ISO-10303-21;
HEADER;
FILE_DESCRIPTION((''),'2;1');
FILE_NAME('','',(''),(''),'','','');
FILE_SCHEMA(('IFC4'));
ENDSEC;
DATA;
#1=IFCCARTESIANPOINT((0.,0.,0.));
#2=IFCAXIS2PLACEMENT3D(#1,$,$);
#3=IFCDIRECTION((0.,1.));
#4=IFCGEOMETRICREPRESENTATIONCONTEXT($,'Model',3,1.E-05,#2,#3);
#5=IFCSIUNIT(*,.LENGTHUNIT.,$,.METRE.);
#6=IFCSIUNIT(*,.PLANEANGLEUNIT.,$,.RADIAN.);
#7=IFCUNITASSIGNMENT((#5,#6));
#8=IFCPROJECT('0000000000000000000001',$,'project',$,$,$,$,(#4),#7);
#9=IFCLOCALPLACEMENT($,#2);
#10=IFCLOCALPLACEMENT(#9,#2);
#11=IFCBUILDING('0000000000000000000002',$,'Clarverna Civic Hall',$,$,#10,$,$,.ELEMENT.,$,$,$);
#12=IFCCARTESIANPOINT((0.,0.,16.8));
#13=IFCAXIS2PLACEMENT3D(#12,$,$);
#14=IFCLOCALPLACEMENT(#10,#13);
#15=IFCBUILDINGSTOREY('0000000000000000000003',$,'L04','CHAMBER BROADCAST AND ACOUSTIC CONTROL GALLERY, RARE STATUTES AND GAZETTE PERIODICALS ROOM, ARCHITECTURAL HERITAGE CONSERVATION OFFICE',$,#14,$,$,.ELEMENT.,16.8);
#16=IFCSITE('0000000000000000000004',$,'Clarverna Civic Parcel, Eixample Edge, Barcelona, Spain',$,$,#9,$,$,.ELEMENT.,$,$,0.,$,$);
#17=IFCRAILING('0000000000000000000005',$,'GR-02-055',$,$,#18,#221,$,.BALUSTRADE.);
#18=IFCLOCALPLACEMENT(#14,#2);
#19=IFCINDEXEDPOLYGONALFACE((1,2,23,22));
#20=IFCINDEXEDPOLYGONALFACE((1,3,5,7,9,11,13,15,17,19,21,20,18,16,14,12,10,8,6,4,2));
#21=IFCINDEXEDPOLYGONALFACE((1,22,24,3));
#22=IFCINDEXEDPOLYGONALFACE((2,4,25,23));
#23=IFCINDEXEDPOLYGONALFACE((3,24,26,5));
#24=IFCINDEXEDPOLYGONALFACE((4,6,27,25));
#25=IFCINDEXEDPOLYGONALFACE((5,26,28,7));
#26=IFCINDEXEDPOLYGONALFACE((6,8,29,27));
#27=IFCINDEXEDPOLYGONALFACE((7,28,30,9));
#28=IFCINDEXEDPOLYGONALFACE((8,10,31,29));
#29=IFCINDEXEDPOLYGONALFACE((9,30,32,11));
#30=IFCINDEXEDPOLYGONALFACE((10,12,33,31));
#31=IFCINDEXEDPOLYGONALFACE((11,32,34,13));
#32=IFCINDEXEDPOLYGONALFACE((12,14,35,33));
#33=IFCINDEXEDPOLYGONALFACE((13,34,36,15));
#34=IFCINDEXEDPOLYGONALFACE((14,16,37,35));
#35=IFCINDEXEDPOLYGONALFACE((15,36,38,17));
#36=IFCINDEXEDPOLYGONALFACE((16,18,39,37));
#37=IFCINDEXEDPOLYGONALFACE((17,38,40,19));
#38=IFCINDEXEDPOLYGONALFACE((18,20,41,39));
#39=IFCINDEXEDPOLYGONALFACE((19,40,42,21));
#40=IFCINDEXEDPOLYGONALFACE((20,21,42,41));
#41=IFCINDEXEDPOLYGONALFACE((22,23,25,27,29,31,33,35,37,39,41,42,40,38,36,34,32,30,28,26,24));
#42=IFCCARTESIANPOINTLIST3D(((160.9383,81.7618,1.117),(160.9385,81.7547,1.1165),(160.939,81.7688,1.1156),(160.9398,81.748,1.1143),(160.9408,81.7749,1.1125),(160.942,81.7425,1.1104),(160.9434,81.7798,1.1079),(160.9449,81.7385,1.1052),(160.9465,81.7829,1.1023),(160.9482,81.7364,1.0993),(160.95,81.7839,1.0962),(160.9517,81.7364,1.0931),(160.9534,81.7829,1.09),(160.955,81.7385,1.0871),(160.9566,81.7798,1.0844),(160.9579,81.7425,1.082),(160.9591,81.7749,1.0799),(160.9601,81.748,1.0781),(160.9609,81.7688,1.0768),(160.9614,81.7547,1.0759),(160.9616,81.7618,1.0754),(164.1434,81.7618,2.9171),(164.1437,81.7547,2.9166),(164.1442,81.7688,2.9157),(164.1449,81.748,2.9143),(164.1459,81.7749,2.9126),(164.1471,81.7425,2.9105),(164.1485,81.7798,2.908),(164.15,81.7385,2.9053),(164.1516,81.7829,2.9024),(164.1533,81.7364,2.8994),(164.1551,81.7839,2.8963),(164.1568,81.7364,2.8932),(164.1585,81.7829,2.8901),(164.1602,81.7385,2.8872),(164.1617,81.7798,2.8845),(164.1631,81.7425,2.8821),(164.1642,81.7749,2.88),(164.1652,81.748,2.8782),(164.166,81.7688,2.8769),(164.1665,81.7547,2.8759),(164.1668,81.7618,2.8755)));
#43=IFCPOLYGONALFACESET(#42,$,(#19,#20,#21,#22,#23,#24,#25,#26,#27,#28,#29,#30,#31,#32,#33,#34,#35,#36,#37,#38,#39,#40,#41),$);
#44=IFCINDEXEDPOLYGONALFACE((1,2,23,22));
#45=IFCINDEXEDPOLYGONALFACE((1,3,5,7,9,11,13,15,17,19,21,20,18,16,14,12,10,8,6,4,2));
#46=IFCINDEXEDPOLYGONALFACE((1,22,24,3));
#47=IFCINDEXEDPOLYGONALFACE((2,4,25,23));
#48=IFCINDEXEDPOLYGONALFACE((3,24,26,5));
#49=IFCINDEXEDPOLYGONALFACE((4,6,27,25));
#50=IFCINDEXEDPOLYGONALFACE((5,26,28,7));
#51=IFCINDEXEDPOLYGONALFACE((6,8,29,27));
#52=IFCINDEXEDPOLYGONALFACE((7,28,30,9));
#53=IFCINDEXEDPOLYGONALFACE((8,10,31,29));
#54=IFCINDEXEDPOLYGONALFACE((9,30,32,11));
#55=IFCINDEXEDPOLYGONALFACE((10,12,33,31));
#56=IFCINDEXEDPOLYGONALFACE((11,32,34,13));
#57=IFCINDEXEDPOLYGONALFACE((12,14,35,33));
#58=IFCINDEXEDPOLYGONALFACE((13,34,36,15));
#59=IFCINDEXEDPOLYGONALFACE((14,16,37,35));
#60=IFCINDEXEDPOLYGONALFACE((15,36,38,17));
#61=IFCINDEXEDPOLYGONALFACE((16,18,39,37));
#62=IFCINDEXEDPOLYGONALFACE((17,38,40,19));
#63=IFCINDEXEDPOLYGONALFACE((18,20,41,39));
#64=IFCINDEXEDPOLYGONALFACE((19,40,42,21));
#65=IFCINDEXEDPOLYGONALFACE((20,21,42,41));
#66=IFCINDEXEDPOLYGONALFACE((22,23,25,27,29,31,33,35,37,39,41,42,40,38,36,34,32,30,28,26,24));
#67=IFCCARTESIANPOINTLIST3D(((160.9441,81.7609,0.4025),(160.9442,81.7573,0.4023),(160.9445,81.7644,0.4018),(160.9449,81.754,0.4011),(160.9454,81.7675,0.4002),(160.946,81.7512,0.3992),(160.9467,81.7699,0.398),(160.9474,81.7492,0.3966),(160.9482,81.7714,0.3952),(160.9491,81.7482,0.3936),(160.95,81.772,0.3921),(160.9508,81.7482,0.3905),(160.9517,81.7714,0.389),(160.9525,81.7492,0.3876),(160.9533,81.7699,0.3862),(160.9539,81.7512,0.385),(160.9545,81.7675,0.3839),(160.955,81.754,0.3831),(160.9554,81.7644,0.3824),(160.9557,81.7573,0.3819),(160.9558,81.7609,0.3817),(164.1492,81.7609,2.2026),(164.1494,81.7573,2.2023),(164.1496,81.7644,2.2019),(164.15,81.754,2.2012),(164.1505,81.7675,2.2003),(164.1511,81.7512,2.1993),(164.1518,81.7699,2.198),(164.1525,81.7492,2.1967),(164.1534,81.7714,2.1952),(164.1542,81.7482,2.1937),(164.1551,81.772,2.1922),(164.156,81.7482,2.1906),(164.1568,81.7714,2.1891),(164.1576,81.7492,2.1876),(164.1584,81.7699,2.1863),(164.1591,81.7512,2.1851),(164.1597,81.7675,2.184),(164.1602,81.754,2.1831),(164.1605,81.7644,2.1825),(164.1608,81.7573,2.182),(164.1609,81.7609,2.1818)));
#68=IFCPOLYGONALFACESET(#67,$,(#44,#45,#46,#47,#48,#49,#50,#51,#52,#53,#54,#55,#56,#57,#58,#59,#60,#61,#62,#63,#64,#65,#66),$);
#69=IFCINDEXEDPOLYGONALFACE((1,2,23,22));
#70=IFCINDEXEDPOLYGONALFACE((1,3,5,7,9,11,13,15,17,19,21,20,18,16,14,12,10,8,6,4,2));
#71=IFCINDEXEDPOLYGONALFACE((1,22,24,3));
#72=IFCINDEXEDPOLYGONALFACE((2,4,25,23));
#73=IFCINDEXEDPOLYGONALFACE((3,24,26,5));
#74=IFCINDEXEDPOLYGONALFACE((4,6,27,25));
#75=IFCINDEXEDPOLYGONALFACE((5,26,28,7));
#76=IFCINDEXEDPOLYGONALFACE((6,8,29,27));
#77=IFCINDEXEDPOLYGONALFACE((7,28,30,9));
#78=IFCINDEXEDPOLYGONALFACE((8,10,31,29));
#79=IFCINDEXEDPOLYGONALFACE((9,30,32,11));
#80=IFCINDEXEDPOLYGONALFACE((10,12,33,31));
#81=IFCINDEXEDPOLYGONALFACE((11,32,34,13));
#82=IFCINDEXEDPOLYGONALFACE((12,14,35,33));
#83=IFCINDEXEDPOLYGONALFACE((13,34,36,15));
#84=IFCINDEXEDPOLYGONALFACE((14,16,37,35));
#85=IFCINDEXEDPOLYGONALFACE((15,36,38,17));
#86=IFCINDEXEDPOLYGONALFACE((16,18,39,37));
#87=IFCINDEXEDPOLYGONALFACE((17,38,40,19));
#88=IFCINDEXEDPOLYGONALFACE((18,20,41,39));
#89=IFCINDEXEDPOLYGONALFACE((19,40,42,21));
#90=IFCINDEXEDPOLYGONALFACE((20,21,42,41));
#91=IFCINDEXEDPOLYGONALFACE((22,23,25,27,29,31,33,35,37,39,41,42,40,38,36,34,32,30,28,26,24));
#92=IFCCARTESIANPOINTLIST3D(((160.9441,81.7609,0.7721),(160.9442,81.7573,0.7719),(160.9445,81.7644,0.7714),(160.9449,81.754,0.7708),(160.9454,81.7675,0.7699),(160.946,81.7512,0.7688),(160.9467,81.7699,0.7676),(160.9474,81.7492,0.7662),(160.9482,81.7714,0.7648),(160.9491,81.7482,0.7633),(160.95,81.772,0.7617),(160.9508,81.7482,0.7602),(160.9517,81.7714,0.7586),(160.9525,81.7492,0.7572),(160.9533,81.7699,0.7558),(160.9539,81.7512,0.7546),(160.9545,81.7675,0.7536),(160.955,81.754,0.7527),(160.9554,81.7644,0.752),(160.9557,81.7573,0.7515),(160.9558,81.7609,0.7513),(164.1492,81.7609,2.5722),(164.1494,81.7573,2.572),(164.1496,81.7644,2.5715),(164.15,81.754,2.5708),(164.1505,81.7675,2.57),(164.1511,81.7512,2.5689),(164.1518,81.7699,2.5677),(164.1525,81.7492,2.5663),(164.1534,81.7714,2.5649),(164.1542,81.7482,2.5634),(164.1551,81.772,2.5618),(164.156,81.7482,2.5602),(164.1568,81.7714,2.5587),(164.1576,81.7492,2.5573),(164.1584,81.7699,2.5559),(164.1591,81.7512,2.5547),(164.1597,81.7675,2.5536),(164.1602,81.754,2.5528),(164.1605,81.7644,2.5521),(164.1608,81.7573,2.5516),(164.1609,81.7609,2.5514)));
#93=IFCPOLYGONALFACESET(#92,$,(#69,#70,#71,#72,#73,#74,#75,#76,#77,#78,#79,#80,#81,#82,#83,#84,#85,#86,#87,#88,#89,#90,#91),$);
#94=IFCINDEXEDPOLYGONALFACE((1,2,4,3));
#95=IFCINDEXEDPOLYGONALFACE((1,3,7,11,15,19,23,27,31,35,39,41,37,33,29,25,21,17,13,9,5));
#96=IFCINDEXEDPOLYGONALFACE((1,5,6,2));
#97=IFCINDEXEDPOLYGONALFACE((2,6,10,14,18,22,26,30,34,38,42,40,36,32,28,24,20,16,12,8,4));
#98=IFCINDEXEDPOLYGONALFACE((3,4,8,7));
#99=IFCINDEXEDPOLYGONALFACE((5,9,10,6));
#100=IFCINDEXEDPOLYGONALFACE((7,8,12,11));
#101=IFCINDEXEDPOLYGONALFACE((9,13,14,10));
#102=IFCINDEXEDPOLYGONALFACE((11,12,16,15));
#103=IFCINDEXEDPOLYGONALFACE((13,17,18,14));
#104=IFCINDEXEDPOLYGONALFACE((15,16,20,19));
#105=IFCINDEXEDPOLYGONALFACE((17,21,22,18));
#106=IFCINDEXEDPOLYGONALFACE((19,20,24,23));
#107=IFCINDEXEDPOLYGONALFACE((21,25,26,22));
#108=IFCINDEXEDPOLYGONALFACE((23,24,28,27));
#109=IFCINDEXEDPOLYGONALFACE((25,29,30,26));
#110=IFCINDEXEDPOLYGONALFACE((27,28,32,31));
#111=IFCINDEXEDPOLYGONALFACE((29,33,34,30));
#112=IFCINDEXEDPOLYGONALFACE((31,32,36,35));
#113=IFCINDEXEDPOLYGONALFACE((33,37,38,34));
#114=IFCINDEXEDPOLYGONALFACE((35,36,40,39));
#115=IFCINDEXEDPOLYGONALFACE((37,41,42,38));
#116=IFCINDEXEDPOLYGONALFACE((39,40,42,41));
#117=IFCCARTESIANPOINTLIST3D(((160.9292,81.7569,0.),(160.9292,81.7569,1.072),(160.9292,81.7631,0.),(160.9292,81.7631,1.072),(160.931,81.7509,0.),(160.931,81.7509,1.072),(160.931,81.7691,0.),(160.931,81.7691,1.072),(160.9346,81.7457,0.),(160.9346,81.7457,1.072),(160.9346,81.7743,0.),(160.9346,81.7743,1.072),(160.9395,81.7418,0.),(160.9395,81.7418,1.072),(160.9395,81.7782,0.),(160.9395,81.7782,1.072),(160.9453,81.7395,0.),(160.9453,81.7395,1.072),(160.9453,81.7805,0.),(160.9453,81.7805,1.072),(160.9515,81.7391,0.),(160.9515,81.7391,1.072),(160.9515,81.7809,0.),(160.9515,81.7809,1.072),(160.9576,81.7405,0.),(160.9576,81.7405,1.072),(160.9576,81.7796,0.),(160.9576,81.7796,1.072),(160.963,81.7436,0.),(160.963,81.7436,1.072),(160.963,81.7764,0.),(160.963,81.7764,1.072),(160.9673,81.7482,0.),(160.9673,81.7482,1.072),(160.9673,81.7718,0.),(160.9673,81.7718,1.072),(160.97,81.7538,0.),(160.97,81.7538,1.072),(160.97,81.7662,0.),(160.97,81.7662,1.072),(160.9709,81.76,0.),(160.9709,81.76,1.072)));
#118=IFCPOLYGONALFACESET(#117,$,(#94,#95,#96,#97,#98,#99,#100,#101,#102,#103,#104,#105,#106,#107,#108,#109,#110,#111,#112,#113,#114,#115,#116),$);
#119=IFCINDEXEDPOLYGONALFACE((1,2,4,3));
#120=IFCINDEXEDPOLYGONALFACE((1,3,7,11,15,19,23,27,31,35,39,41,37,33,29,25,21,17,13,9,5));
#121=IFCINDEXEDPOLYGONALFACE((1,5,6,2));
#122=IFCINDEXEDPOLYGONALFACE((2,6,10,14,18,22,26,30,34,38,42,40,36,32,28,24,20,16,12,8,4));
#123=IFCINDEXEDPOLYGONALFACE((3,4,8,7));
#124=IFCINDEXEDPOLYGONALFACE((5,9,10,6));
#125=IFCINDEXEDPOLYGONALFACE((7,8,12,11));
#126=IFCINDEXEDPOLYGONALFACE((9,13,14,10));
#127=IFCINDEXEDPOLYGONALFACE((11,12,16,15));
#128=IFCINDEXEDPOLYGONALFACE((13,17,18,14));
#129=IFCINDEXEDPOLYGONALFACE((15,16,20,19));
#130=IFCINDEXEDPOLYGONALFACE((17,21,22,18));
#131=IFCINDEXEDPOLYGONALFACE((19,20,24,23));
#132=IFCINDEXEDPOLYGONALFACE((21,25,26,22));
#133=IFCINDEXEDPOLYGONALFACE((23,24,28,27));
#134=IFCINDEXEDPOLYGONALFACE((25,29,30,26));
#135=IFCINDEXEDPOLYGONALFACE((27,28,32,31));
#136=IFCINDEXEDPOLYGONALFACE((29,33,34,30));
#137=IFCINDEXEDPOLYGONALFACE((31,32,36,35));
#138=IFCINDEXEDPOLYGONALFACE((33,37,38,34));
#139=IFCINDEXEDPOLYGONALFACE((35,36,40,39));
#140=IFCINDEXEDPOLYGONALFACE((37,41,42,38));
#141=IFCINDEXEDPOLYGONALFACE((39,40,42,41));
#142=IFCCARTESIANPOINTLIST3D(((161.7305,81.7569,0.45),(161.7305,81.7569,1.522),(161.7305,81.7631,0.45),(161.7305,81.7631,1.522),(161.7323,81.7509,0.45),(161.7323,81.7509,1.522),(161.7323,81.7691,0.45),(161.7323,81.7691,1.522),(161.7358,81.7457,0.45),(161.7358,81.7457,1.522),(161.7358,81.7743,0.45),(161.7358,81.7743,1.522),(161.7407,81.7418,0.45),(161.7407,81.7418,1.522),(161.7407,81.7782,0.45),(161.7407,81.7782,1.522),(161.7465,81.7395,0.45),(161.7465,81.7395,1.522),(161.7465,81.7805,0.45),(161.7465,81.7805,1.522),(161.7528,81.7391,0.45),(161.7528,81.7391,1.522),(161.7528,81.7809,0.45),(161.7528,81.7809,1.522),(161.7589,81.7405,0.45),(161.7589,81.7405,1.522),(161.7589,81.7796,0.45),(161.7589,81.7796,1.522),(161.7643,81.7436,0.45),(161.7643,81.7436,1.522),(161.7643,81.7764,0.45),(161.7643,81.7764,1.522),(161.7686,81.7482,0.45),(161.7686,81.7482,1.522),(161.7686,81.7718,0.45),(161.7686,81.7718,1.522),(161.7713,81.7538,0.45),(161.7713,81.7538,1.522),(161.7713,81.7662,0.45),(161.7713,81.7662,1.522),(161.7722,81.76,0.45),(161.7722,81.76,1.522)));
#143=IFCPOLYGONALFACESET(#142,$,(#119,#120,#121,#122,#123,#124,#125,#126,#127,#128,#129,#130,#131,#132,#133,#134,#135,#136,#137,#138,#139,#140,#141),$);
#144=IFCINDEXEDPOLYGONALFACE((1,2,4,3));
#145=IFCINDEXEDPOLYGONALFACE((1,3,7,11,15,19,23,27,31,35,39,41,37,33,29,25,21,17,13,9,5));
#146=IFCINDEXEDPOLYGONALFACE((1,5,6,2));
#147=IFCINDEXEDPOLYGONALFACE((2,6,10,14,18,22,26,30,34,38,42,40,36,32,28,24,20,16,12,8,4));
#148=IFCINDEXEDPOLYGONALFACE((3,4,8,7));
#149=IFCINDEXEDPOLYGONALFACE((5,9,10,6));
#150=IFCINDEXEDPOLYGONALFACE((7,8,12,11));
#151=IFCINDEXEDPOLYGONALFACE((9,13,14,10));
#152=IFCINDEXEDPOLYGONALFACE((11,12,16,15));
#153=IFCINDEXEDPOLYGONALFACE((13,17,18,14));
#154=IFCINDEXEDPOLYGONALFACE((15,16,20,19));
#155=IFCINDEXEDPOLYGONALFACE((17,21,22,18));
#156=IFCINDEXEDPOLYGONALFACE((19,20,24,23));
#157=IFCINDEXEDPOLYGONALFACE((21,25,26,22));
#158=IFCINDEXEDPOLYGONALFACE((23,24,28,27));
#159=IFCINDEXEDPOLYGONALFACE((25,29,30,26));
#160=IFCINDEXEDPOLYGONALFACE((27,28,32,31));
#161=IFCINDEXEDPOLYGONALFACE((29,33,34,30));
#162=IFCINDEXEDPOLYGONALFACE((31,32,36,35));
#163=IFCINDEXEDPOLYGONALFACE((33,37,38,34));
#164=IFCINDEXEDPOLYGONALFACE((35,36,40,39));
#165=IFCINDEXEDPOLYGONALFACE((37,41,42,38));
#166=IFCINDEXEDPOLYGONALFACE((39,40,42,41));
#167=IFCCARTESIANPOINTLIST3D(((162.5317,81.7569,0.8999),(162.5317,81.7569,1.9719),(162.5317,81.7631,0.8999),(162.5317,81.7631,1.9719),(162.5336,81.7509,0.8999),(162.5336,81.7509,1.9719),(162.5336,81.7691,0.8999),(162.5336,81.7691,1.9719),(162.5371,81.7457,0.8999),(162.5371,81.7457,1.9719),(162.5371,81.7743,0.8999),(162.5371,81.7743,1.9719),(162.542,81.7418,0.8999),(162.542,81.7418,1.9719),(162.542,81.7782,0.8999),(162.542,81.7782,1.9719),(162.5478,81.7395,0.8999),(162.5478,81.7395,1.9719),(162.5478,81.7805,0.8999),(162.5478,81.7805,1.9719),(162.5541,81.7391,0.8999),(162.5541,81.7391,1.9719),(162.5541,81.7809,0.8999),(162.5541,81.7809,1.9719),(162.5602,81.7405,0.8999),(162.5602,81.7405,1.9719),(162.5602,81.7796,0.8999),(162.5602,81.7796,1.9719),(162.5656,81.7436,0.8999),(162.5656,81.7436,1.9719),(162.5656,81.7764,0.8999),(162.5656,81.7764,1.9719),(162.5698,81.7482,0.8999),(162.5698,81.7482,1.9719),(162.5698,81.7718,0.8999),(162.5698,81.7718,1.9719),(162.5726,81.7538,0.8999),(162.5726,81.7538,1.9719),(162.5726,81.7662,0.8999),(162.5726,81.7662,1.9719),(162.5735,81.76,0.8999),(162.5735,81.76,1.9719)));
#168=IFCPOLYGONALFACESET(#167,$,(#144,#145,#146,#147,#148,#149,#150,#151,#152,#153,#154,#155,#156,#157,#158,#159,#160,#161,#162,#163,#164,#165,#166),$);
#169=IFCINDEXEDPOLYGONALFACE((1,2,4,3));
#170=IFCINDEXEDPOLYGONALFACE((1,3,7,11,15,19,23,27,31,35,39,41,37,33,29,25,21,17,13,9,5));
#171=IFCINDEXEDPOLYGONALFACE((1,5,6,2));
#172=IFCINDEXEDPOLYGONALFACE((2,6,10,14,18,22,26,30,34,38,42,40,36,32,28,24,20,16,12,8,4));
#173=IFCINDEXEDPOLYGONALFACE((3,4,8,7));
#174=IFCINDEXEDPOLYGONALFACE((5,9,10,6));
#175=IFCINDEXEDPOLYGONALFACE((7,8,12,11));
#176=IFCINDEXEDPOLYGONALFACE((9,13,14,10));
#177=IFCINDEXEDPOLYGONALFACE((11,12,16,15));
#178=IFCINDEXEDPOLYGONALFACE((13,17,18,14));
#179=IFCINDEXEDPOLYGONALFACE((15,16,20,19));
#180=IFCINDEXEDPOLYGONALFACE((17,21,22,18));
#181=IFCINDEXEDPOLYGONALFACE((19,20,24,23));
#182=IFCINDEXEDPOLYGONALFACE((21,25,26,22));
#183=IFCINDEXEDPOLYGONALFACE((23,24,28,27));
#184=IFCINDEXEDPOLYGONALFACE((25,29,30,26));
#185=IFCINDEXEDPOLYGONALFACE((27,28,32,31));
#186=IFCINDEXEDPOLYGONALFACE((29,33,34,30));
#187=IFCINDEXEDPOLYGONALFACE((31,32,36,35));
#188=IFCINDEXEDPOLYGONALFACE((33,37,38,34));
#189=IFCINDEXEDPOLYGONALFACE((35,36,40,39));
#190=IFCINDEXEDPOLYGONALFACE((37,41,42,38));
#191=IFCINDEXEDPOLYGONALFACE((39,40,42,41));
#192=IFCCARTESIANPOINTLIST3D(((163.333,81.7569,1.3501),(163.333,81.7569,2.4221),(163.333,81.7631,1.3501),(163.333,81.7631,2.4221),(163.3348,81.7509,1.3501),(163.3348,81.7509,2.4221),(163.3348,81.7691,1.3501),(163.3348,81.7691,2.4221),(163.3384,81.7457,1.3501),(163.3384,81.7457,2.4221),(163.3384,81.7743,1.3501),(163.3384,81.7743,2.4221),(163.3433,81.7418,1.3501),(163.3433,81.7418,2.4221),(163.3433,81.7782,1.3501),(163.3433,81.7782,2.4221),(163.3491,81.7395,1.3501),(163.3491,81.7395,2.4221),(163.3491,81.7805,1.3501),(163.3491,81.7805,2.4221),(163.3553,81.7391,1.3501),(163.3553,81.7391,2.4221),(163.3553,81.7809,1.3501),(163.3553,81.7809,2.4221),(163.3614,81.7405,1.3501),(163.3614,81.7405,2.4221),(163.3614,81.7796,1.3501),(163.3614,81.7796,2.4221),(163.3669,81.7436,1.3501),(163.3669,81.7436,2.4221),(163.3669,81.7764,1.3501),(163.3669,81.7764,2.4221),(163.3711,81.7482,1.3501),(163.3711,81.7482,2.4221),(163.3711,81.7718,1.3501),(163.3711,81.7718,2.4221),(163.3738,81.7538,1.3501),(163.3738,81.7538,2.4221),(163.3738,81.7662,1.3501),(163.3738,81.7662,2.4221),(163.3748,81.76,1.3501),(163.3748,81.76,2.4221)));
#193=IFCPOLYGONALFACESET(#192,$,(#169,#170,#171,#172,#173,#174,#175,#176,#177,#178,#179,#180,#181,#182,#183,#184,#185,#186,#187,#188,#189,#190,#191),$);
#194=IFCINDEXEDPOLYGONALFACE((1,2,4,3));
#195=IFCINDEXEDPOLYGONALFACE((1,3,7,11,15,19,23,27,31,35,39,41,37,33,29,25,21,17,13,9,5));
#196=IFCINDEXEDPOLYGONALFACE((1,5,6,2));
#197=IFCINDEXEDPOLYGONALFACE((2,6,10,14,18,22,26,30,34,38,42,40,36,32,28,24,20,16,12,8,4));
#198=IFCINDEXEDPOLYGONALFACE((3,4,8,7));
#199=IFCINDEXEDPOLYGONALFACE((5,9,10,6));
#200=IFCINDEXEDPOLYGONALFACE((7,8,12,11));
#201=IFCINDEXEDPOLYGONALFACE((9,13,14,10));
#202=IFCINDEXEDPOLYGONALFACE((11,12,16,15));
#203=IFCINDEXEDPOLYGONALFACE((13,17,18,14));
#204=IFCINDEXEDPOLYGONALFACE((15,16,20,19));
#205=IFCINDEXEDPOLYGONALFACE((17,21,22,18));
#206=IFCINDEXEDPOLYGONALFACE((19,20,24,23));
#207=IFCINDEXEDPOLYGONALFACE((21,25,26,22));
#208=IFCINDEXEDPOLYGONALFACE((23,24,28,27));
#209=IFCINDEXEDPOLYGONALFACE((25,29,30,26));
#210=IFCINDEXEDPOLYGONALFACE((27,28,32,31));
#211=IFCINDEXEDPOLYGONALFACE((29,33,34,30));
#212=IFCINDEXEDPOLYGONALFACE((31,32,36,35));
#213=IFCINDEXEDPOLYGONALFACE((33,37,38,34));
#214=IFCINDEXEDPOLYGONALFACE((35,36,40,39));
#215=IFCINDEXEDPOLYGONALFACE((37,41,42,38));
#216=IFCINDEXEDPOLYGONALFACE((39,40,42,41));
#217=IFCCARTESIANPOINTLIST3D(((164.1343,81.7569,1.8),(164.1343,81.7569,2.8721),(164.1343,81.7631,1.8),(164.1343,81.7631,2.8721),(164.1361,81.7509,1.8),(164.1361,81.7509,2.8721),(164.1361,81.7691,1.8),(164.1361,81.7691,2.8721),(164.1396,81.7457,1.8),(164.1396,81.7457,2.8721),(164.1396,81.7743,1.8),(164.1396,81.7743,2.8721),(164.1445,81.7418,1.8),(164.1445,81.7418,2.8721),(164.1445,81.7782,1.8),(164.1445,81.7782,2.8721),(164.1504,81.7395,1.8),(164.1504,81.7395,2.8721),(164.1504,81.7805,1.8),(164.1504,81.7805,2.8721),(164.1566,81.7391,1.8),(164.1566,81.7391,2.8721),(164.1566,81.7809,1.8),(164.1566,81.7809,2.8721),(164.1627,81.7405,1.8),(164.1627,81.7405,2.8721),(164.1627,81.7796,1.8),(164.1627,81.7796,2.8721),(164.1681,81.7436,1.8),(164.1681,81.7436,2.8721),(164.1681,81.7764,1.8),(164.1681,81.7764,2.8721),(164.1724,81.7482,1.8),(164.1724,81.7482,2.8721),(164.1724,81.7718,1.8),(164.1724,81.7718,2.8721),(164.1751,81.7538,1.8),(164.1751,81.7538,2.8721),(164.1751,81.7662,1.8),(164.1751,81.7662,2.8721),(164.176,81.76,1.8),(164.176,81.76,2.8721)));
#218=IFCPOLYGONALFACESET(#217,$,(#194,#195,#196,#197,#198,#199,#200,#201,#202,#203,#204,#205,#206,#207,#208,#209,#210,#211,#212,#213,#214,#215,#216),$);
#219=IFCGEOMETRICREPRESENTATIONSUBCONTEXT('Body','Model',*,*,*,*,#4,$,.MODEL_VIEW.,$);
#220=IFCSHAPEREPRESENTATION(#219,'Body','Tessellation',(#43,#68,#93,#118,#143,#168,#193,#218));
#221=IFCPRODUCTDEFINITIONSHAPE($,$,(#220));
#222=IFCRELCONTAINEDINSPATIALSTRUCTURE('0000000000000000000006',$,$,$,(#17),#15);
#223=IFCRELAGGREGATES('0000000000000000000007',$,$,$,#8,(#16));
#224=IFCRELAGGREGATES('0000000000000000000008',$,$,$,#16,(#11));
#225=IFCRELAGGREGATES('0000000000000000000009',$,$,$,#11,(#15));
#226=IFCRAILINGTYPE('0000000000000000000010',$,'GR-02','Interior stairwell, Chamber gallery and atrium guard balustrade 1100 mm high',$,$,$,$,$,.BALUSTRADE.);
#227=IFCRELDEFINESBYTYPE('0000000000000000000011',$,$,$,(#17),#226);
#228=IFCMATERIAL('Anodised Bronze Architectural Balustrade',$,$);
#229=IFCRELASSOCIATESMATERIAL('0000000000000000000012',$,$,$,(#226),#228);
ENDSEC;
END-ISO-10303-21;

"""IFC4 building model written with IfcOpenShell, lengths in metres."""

from ifc_helpers import new_model, si_unit, direction, frame, origin, origin_2d, place, context, subcontext, project, spatial, circle, extrude, material, type_object, element, save


model = new_model("IFC4")

# Units and contexts
model_context = context("Model", 3, precision=1e-05, world=origin(), true_north=direction((0.0, 1.0)))
body_context = subcontext(model_context, "Body", "Model", "MODEL_VIEW")
ifc_project = project(units=[si_unit("LENGTHUNIT", "METRE"), si_unit("PLANEANGLEUNIT", "RADIAN")], contexts=[model_context])

# Site, building, storey
site_placement = place(None, origin())
site = spatial("IfcSite", under=ifc_project, at=site_placement, Name="Clarverna Civic Parcel, Eixample Edge, Barcelona, Spain", CompositionType="ELEMENT", RefElevation=0.0)
building_placement = place(site_placement, origin())
building = spatial("IfcBuilding", under=site, at=building_placement, Name="Clarverna Civic Hall", CompositionType="ELEMENT")
storey_placement = place(building_placement, frame((0.0, 0.0, 16.8)))
storey = spatial("IfcBuildingStorey", under=building, at=storey_placement, Name="L04", Description="CHAMBER BROADCAST AND ACOUSTIC CONTROL GALLERY, RARE STATUTES AND GAZETTE PERIODICALS ROOM, ARCHITECTURAL HERITAGE CONSERVATION OFFICE", CompositionType="ELEMENT", Elevation=16.8)

# Railing
ifc_material_1 = material(Name="Anodised Bronze Architectural Balustrade")
railing_type_1 = type_object("IfcRailingType", Name="GR-02", Description="Interior stairwell, Chamber gallery and atrium guard balustrade 1100 mm high", PredefinedType="BALUSTRADE", material=ifc_material_1)
railing_1_placement = place(storey_placement, frame((160.95, 81.76, 0.0)))
element("IfcRailing", 1, at=railing_1_placement, inside=storey, type_object=railing_type_1, Name="GR-02-055", PredefinedType="BALUSTRADE", context=body_context, shape_type="SweptSolid", body=[
    extrude(circle(Radius=0.0239, at=origin_2d()), frame((0.0, 0.0, 1.0962), z_axis=(0.871902, 0.0, 0.489681), x_axis=(0.0, 1.0, 0.0)), (0.0, 0.0, 1.0), 3.676),
    extrude(circle(Radius=0.012, at=origin_2d()), frame((0.0, 0.0, 0.3921), z_axis=(0.871902, 0.0, 0.489681), x_axis=(0.0, 1.0, 0.0)), (0.0, 0.0, 1.0), 3.676),
    extrude(circle(Radius=0.012, at=origin_2d()), frame((0.0, 0.0, 0.7617), z_axis=(0.871902, 0.0, 0.489681), x_axis=(0.0, 1.0, 0.0)), (0.0, 0.0, 1.0), 3.676),
    extrude(circle(Radius=0.021, at=origin_2d()), origin(), (0.0, 0.0, 1.0), 1.072),
    extrude(circle(Radius=0.021, at=origin_2d()), frame((0.8013, 0.0, 0.45)), (0.0, 0.0, 1.0), 1.072),
    extrude(circle(Radius=0.021, at=origin_2d()), frame((1.6025, 0.0, 0.8999)), (0.0, 0.0, 1.0), 1.072),
    extrude(circle(Radius=0.021, at=origin_2d()), frame((2.4038, 0.0, 1.3501)), (0.0, 0.0, 1.0), 1.072),
    extrude(circle(Radius=0.021, at=origin_2d()), frame((3.2051, 0.0, 1.8)), (0.0, 0.0, 1.0), 1.072),
])

save(model, "model.ifc")
